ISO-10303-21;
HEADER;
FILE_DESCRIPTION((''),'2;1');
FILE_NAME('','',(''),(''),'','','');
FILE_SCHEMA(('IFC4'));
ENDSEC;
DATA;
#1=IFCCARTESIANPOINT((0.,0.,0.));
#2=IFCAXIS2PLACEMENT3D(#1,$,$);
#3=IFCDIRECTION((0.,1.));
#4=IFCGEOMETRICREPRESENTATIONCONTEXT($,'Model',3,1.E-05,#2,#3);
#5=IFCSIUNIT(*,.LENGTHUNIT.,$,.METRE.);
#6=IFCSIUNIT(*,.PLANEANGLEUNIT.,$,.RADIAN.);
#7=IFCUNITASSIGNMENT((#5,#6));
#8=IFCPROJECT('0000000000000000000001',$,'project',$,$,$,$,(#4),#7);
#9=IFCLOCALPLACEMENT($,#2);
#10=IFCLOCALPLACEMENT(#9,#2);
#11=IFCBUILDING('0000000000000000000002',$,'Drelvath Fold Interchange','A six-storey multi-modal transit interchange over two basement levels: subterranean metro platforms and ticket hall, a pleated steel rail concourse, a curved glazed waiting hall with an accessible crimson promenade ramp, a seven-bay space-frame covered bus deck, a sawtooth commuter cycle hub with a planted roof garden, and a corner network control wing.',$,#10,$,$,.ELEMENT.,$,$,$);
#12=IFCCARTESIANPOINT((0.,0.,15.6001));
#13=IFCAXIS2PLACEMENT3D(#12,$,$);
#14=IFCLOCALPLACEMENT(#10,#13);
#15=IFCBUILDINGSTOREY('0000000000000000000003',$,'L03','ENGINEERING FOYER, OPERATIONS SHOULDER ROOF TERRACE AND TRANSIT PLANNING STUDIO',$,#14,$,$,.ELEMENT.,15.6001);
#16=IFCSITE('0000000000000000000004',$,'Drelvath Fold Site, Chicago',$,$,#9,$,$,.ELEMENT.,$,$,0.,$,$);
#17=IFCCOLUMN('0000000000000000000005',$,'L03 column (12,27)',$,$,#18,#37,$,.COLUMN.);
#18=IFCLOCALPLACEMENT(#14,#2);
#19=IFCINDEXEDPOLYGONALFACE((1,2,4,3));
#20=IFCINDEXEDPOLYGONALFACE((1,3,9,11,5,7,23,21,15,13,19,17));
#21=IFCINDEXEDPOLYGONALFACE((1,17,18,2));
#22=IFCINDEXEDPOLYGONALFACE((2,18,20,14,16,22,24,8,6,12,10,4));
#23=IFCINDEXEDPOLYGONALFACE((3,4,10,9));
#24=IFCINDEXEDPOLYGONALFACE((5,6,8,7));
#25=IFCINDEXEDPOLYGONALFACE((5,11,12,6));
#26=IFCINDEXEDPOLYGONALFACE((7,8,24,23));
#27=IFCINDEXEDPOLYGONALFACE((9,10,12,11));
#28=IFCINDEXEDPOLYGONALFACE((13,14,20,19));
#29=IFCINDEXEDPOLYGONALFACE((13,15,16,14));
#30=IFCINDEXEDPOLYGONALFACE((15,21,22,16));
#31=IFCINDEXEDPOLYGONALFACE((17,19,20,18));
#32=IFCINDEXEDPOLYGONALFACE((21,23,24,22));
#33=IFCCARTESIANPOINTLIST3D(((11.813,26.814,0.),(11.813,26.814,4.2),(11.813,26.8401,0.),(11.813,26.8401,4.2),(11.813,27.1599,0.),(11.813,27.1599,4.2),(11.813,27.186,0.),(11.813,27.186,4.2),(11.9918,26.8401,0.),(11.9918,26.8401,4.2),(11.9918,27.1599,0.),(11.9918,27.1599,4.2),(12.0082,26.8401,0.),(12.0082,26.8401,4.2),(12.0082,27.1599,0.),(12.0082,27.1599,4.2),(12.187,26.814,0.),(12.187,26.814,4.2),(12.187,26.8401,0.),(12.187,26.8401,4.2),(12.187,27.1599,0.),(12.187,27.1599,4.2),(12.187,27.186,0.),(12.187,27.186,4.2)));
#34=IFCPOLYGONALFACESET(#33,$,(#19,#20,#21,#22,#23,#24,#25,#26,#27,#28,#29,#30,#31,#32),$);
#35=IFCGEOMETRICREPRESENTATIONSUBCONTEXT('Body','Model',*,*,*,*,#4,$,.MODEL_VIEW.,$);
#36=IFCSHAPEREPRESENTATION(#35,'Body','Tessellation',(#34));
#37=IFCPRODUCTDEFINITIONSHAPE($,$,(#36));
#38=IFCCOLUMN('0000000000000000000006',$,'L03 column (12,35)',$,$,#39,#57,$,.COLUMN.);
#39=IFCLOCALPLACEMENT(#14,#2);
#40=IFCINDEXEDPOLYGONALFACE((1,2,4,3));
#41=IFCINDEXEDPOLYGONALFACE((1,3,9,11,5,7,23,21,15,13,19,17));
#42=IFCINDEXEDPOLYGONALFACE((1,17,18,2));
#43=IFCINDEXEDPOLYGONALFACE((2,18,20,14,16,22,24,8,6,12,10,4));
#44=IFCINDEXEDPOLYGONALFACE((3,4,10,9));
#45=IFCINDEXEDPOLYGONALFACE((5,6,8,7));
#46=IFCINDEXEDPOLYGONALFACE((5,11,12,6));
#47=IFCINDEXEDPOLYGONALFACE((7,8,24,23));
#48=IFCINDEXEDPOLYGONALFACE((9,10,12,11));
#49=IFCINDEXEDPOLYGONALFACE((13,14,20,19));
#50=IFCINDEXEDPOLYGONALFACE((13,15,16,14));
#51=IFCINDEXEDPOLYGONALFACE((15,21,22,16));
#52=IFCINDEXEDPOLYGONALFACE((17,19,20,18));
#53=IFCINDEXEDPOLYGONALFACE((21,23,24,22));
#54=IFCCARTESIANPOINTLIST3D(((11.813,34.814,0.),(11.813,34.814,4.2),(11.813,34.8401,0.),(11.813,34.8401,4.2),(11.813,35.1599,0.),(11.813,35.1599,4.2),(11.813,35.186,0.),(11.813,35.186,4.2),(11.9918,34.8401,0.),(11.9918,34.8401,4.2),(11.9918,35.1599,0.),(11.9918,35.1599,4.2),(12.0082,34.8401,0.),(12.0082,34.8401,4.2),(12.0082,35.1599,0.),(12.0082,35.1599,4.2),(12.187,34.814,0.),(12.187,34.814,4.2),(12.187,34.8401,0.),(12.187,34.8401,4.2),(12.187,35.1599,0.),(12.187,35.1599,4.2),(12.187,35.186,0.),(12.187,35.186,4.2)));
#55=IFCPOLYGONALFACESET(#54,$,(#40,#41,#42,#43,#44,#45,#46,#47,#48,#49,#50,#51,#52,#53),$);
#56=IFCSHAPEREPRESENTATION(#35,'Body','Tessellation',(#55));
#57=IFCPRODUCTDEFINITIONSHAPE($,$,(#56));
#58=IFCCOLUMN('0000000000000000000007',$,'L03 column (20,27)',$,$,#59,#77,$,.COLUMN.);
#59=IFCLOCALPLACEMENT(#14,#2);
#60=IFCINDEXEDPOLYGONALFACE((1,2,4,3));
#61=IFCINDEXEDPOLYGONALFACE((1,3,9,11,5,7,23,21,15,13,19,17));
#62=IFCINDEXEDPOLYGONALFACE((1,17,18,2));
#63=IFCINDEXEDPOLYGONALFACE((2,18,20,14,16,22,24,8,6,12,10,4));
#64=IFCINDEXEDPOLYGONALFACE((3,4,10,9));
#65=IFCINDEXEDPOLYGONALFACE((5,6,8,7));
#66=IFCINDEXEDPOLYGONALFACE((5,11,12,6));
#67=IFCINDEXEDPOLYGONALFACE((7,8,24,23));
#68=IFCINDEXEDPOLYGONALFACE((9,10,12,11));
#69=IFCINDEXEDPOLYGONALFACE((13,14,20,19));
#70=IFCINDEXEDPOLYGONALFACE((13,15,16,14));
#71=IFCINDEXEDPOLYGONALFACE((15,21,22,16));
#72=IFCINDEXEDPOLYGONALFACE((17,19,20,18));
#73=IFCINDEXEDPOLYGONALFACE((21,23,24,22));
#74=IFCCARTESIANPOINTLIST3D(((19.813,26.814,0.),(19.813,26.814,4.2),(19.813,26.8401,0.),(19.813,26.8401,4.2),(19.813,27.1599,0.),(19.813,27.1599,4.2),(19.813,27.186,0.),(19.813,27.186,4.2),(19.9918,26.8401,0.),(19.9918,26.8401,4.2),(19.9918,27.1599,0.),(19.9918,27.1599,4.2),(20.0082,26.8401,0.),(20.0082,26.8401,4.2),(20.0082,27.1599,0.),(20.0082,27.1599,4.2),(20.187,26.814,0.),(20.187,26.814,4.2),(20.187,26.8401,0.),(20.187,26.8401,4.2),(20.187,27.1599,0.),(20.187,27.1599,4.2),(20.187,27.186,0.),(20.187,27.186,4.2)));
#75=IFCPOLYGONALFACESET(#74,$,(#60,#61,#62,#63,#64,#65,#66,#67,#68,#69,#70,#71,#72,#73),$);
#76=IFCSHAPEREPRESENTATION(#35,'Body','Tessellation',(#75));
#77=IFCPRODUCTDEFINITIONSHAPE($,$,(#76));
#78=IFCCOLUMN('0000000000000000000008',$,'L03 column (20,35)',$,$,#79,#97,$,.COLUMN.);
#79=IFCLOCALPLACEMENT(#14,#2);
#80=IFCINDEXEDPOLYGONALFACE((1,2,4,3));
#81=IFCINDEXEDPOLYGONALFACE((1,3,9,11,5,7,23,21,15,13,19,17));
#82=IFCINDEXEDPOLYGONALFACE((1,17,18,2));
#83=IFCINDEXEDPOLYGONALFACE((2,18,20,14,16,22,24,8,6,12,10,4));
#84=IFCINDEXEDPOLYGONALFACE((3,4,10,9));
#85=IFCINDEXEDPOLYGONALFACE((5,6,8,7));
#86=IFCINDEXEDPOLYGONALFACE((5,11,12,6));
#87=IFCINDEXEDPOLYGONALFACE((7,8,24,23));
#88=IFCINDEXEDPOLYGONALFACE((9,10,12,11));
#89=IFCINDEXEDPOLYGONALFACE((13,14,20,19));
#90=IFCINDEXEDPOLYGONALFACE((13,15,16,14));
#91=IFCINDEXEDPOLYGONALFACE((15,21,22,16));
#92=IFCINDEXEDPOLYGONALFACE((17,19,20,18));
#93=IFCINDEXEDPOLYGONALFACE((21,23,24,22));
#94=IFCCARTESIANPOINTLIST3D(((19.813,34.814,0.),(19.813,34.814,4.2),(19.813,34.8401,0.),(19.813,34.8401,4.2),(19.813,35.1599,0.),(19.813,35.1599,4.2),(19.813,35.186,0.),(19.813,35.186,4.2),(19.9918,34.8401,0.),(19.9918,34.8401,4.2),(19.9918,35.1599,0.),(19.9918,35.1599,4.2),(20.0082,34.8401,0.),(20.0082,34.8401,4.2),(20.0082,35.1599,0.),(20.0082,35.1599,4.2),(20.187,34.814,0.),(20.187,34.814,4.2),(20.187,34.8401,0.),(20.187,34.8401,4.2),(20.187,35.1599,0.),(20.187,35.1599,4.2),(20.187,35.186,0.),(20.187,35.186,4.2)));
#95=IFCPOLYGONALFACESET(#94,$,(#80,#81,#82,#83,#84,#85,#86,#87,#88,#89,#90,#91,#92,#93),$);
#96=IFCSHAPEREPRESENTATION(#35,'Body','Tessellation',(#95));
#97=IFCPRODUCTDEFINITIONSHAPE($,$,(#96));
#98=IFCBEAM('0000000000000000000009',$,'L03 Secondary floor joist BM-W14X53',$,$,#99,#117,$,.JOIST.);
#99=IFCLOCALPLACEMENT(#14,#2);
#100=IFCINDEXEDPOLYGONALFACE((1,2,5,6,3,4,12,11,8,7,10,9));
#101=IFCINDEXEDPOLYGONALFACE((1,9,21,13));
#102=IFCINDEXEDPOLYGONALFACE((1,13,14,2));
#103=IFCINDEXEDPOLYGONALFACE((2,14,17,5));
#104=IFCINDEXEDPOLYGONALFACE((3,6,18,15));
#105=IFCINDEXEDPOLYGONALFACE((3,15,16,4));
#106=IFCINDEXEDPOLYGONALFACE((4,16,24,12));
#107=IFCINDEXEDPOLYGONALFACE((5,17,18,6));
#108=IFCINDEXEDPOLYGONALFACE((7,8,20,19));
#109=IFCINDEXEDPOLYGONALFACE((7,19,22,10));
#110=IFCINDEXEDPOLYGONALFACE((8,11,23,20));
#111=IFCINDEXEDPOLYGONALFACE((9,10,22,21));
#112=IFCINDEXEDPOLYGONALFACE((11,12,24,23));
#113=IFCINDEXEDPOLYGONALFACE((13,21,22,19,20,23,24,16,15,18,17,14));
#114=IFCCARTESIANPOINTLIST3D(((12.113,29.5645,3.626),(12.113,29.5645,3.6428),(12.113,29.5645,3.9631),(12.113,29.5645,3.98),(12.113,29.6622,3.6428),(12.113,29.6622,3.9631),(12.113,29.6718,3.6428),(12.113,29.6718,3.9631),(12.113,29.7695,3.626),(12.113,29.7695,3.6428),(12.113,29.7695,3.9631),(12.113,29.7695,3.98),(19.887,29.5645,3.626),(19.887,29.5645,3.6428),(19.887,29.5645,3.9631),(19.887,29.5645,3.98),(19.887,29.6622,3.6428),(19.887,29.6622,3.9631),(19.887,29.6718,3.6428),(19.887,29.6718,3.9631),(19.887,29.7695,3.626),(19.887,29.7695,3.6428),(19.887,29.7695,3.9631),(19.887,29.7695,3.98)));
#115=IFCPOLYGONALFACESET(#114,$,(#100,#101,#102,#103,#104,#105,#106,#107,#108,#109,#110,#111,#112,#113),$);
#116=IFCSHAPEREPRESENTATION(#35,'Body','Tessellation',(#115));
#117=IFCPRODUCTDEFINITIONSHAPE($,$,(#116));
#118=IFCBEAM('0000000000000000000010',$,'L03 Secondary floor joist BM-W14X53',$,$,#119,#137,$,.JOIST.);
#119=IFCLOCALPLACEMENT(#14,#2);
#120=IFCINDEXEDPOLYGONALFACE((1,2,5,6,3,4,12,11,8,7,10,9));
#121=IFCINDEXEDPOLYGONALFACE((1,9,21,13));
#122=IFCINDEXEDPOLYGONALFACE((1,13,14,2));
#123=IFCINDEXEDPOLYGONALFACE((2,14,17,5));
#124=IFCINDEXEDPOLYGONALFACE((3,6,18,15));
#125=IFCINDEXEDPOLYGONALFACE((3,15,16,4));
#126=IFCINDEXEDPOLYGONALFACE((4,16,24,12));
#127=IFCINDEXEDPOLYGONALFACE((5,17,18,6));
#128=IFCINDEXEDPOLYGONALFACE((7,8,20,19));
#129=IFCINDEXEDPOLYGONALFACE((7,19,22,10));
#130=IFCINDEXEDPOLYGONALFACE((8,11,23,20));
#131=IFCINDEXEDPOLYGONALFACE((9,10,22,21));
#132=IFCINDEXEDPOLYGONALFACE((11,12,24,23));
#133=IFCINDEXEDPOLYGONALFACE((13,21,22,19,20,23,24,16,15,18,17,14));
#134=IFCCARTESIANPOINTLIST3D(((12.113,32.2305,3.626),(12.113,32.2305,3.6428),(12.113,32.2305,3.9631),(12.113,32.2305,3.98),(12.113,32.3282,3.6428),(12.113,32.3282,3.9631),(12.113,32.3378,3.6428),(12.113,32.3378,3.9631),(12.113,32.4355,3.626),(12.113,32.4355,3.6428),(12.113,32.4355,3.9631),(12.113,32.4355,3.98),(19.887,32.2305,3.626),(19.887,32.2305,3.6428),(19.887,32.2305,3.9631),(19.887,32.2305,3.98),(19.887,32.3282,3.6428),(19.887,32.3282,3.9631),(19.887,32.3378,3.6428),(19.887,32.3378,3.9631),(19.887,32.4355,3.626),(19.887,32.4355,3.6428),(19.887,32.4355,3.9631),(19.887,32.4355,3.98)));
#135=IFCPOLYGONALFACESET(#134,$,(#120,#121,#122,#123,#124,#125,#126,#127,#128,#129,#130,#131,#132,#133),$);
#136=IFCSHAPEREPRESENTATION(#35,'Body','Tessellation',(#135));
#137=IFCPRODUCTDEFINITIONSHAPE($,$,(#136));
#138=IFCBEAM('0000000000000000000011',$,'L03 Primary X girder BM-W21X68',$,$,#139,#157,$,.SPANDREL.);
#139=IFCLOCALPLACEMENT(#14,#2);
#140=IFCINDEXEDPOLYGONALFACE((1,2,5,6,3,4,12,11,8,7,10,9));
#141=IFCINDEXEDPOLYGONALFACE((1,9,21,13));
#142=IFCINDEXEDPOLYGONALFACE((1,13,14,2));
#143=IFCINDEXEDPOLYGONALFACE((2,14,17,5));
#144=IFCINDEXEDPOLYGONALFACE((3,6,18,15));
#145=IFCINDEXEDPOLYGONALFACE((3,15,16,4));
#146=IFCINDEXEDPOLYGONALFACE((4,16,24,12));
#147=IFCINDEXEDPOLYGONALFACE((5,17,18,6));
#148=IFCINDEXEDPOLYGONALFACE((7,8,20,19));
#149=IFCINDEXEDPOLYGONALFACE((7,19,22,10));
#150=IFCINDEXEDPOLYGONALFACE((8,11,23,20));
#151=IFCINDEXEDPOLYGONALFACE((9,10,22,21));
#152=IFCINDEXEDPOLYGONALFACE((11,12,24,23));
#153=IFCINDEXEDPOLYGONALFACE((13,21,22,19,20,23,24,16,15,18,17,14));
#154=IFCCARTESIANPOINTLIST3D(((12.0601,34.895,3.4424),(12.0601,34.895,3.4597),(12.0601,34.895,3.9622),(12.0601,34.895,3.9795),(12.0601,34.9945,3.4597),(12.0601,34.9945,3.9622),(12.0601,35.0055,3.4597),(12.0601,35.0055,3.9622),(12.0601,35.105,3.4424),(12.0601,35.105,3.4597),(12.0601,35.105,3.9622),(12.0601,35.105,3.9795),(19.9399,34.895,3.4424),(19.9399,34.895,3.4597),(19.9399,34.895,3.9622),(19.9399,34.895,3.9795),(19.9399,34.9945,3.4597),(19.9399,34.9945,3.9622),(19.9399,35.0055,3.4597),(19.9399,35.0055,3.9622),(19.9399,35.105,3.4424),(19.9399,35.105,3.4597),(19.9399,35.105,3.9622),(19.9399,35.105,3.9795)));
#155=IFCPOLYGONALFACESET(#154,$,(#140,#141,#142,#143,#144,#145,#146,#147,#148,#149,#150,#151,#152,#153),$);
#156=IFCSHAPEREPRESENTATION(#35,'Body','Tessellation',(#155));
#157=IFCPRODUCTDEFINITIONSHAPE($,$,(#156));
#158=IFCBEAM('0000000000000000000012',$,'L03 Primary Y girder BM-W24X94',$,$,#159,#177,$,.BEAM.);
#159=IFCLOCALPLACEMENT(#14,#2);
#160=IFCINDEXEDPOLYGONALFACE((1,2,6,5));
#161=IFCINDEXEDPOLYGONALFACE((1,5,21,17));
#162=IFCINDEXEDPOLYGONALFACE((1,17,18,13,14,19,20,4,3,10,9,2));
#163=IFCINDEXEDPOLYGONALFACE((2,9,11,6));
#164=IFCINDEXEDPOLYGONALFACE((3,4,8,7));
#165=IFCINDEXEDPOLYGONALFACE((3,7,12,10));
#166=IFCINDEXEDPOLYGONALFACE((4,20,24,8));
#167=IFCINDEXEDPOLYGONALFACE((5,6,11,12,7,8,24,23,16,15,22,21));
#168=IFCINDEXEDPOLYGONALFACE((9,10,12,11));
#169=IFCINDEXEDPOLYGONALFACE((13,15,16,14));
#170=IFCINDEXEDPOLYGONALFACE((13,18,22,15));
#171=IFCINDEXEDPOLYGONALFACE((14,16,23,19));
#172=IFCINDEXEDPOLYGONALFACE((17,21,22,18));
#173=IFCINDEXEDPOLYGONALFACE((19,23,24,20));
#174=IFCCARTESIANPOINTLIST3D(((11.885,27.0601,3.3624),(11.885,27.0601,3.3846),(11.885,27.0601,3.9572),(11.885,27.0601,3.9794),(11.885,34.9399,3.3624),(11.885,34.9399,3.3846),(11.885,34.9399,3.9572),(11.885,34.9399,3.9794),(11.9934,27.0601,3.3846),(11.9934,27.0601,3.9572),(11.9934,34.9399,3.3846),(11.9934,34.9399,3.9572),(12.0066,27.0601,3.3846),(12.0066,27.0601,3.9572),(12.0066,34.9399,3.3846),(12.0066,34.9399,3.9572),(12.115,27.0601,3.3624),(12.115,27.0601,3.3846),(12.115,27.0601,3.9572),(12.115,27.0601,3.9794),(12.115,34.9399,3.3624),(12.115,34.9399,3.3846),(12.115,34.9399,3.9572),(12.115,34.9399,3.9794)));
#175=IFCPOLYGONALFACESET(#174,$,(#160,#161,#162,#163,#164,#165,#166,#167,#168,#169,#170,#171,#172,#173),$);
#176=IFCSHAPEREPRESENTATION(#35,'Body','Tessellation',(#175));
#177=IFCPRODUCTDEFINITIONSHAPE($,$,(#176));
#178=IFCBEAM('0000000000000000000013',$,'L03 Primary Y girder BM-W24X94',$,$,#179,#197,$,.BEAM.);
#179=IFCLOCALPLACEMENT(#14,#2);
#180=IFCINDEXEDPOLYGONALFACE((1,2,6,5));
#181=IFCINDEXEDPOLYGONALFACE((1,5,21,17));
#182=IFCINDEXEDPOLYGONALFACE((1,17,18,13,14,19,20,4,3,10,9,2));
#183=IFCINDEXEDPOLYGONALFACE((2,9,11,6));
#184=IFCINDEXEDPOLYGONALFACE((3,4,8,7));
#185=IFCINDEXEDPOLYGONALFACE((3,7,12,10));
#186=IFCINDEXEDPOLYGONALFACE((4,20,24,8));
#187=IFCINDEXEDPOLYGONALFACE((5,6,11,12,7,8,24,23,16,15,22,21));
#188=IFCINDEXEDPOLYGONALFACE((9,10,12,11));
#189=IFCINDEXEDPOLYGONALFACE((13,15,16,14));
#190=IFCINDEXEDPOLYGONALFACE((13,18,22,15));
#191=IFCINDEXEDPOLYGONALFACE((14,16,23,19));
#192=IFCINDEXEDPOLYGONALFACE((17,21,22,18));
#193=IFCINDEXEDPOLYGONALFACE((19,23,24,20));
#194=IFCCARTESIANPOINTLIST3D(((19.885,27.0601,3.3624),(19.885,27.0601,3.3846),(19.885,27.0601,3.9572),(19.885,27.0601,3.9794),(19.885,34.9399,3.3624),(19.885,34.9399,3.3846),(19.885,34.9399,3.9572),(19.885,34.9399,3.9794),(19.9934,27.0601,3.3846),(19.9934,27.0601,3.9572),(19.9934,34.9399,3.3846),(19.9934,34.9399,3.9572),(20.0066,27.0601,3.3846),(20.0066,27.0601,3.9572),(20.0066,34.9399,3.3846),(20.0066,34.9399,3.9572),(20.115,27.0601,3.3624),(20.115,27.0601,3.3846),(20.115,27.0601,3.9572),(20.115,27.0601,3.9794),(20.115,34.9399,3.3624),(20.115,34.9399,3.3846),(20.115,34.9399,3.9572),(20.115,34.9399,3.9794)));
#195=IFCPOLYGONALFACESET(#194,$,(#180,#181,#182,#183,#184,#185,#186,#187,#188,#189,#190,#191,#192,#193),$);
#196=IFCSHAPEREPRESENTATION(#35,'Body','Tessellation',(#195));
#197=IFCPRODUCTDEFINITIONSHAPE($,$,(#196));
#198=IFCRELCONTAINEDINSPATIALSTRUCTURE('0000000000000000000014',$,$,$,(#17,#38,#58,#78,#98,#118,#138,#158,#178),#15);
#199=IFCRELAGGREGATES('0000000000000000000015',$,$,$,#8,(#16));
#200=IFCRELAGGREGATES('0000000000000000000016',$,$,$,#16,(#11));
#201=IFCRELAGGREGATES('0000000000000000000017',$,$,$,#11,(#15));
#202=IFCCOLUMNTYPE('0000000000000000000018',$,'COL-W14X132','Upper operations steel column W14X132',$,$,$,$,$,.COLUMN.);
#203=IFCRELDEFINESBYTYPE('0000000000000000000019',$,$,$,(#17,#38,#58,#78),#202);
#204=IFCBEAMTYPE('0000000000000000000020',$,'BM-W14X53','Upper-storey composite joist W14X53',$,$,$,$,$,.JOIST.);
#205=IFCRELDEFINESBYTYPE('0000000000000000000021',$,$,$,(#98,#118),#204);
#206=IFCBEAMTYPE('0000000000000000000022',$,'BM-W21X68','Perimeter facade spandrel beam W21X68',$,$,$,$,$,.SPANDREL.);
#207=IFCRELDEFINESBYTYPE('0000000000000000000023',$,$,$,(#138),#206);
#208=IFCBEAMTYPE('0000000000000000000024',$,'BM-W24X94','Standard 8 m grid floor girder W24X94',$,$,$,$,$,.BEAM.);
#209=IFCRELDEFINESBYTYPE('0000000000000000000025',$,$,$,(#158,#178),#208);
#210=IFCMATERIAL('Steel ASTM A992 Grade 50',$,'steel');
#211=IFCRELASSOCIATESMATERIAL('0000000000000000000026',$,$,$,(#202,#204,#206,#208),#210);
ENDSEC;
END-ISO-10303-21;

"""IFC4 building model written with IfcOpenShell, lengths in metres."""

from ifc_helpers import new_model, si_unit, direction, frame, origin, origin_2d, place, context, subcontext, project, spatial, i_section, extrude, material, material_profile, profile_set, type_object, element, save


model = new_model("IFC4")

# Units and contexts
model_context = context("Model", 3, precision=1e-05, world=origin(), true_north=direction((0.0, 1.0)))
body_context = subcontext(model_context, "Body", "Model", "MODEL_VIEW")
ifc_project = project(units=[si_unit("LENGTHUNIT", "METRE"), si_unit("PLANEANGLEUNIT", "RADIAN")], contexts=[model_context])

# Site, building, storey
site_placement = place(None, origin())
site = spatial("IfcSite", under=ifc_project, at=site_placement, Name="Drelvath Fold Site, Chicago", CompositionType="ELEMENT", RefElevation=0.0)
building_placement = place(site_placement, origin())
building = spatial("IfcBuilding", under=site, at=building_placement, Name="Drelvath Fold Interchange", Description="A six-storey multi-modal transit interchange over two basement levels: subterranean metro platforms and ticket hall, a pleated steel rail concourse, a curved glazed waiting hall with an accessible crimson promenade ramp, a seven-bay space-frame covered bus deck, a sawtooth commuter cycle hub with a planted roof garden, and a corner network control wing.", CompositionType="ELEMENT")
storey_placement = place(building_placement, frame((0.0, 0.0, 15.6001)))
storey = spatial("IfcBuildingStorey", under=building, at=storey_placement, Name="L03", Description="ENGINEERING FOYER, OPERATIONS SHOULDER ROOF TERRACE AND TRANSIT PLANNING STUDIO", CompositionType="ELEMENT", Elevation=15.6001)

# Columns
ifc_material_1 = material(Name="Steel ASTM A992 Grade 50", Category="steel")
ifc_material_profile_1 = material_profile(ifc_material_1, i_section(OverallWidth=0.374, OverallDepth=0.3721, WebThickness=0.0164, FlangeThickness=0.0261, at=origin_2d()), Name="W14X132")
ifc_profile_set_1 = profile_set([ifc_material_profile_1], Name="Steel ASTM A992 Grade 50")
column_type = type_object("IfcColumnType", Name="COL-W14X132", Description="Upper operations steel column W14X132", PredefinedType="COLUMN", material=ifc_profile_set_1)
for number, where, z_axis, x_axis, name in (
    (1, (12.0, 27.0, 0.0), (0.0, 0.0, 1.0), (1.0, 0.0, 0.0), "L03 column (12,27)"),
    (2, (12.0, 35.0, 0.0), (0.0, 0.0, 1.0), (1.0, 0.0, 0.0), "L03 column (12,35)"),
    (3, (20.0, 27.0, 0.0), (0.0, 0.0, 1.0), (1.0, 0.0, 0.0), "L03 column (20,27)"),
    (4, (20.0, 35.0, 0.0), (0.0, 0.0, 1.0), (1.0, 0.0, 0.0), "L03 column (20,35)"),
):
    element("IfcColumn", number, at=place(storey_placement, frame(where, z_axis=z_axis, x_axis=x_axis)), inside=storey, type_object=column_type, Name=name, PredefinedType="COLUMN", context=body_context, shape_type="SweptSolid", body=[
        extrude(i_section(OverallWidth=0.374, OverallDepth=0.3721, WebThickness=0.0164, FlangeThickness=0.0261, at=origin_2d()), origin(), (0.0, 0.0, 1.0), 4.2),
    ])

# Beams
ifc_material_profile_2 = material_profile(ifc_material_1, i_section(OverallWidth=0.2051, OverallDepth=0.354, WebThickness=0.0095, FlangeThickness=0.0168, at=origin_2d()), Name="W14X53")
ifc_profile_set_2 = profile_set([ifc_material_profile_2], Name="Steel ASTM A992 Grade 50")
beam_type_1 = type_object("IfcBeamType", Name="BM-W14X53", Description="Upper-storey composite joist W14X53", PredefinedType="JOIST", material=ifc_profile_set_2)
for number, where, z_axis, x_axis, name in (
    (5, (12.113, 29.667, 3.803), (1.0, 0.0, 0.0), (0.0, 1.0, 0.0), "L03 Secondary floor joist BM-W14X53"),
    (6, (12.113, 32.333, 3.803), (1.0, 0.0, 0.0), (0.0, 1.0, 0.0), "L03 Secondary floor joist BM-W14X53"),
):
    element("IfcBeam", number, at=place(storey_placement, frame(where, z_axis=z_axis, x_axis=x_axis)), inside=storey, type_object=beam_type_1, Name=name, PredefinedType="JOIST", context=body_context, shape_type="SweptSolid", body=[
        extrude(i_section(OverallWidth=0.2051, OverallDepth=0.354, WebThickness=0.0095, FlangeThickness=0.0168, at=origin_2d()), origin(), (0.0, 0.0, 1.0), 7.7739),
    ])
ifc_material_profile_3 = material_profile(ifc_material_1, i_section(OverallWidth=0.21, OverallDepth=0.5371, WebThickness=0.011, FlangeThickness=0.0173, at=origin_2d()), Name="W21X68")
ifc_profile_set_3 = profile_set([ifc_material_profile_3], Name="Steel ASTM A992 Grade 50")
beam_type_2 = type_object("IfcBeamType", Name="BM-W21X68", Description="Perimeter facade spandrel beam W21X68", PredefinedType="SPANDREL", material=ifc_profile_set_3)
beam_1_placement = place(storey_placement, frame((12.0601, 35.0, 3.7109), z_axis=(1.0, 0.0, 0.0), x_axis=(0.0, 1.0, 0.0)))
element("IfcBeam", 7, at=beam_1_placement, inside=storey, type_object=beam_type_2, Name="L03 Primary X girder BM-W21X68", PredefinedType="SPANDREL", context=body_context, shape_type="SweptSolid", body=[
    extrude(i_section(OverallWidth=0.21, OverallDepth=0.5371, WebThickness=0.011, FlangeThickness=0.0173, at=origin_2d()), origin(), (0.0, 0.0, 1.0), 7.8799),
])
ifc_material_profile_4 = material_profile(ifc_material_1, i_section(OverallWidth=0.23, OverallDepth=0.6169, WebThickness=0.0132, FlangeThickness=0.0222, at=origin_2d()), Name="W24X94")
ifc_profile_set_4 = profile_set([ifc_material_profile_4], Name="Steel ASTM A992 Grade 50")
beam_type_3 = type_object("IfcBeamType", Name="BM-W24X94", Description="Standard 8 m grid floor girder W24X94", PredefinedType="BEAM", material=ifc_profile_set_4)
for number, where, z_axis, x_axis, name in (
    (8, (12.0, 27.0601, 3.6709), (0.0, 1.0, 0.0), (-1.0, 0.0, 0.0), "L03 Primary Y girder BM-W24X94"),
    (9, (20.0, 27.0601, 3.6709), (0.0, 1.0, 0.0), (-1.0, 0.0, 0.0), "L03 Primary Y girder BM-W24X94"),
):
    element("IfcBeam", number, at=place(storey_placement, frame(where, z_axis=z_axis, x_axis=x_axis)), inside=storey, type_object=beam_type_3, Name=name, PredefinedType="BEAM", context=body_context, shape_type="SweptSolid", body=[
        extrude(i_section(OverallWidth=0.23, OverallDepth=0.6169, WebThickness=0.0132, FlangeThickness=0.0222, at=origin_2d()), origin(), (0.0, 0.0, 1.0), 7.8799),
    ])

save(model, "model.ifc")
